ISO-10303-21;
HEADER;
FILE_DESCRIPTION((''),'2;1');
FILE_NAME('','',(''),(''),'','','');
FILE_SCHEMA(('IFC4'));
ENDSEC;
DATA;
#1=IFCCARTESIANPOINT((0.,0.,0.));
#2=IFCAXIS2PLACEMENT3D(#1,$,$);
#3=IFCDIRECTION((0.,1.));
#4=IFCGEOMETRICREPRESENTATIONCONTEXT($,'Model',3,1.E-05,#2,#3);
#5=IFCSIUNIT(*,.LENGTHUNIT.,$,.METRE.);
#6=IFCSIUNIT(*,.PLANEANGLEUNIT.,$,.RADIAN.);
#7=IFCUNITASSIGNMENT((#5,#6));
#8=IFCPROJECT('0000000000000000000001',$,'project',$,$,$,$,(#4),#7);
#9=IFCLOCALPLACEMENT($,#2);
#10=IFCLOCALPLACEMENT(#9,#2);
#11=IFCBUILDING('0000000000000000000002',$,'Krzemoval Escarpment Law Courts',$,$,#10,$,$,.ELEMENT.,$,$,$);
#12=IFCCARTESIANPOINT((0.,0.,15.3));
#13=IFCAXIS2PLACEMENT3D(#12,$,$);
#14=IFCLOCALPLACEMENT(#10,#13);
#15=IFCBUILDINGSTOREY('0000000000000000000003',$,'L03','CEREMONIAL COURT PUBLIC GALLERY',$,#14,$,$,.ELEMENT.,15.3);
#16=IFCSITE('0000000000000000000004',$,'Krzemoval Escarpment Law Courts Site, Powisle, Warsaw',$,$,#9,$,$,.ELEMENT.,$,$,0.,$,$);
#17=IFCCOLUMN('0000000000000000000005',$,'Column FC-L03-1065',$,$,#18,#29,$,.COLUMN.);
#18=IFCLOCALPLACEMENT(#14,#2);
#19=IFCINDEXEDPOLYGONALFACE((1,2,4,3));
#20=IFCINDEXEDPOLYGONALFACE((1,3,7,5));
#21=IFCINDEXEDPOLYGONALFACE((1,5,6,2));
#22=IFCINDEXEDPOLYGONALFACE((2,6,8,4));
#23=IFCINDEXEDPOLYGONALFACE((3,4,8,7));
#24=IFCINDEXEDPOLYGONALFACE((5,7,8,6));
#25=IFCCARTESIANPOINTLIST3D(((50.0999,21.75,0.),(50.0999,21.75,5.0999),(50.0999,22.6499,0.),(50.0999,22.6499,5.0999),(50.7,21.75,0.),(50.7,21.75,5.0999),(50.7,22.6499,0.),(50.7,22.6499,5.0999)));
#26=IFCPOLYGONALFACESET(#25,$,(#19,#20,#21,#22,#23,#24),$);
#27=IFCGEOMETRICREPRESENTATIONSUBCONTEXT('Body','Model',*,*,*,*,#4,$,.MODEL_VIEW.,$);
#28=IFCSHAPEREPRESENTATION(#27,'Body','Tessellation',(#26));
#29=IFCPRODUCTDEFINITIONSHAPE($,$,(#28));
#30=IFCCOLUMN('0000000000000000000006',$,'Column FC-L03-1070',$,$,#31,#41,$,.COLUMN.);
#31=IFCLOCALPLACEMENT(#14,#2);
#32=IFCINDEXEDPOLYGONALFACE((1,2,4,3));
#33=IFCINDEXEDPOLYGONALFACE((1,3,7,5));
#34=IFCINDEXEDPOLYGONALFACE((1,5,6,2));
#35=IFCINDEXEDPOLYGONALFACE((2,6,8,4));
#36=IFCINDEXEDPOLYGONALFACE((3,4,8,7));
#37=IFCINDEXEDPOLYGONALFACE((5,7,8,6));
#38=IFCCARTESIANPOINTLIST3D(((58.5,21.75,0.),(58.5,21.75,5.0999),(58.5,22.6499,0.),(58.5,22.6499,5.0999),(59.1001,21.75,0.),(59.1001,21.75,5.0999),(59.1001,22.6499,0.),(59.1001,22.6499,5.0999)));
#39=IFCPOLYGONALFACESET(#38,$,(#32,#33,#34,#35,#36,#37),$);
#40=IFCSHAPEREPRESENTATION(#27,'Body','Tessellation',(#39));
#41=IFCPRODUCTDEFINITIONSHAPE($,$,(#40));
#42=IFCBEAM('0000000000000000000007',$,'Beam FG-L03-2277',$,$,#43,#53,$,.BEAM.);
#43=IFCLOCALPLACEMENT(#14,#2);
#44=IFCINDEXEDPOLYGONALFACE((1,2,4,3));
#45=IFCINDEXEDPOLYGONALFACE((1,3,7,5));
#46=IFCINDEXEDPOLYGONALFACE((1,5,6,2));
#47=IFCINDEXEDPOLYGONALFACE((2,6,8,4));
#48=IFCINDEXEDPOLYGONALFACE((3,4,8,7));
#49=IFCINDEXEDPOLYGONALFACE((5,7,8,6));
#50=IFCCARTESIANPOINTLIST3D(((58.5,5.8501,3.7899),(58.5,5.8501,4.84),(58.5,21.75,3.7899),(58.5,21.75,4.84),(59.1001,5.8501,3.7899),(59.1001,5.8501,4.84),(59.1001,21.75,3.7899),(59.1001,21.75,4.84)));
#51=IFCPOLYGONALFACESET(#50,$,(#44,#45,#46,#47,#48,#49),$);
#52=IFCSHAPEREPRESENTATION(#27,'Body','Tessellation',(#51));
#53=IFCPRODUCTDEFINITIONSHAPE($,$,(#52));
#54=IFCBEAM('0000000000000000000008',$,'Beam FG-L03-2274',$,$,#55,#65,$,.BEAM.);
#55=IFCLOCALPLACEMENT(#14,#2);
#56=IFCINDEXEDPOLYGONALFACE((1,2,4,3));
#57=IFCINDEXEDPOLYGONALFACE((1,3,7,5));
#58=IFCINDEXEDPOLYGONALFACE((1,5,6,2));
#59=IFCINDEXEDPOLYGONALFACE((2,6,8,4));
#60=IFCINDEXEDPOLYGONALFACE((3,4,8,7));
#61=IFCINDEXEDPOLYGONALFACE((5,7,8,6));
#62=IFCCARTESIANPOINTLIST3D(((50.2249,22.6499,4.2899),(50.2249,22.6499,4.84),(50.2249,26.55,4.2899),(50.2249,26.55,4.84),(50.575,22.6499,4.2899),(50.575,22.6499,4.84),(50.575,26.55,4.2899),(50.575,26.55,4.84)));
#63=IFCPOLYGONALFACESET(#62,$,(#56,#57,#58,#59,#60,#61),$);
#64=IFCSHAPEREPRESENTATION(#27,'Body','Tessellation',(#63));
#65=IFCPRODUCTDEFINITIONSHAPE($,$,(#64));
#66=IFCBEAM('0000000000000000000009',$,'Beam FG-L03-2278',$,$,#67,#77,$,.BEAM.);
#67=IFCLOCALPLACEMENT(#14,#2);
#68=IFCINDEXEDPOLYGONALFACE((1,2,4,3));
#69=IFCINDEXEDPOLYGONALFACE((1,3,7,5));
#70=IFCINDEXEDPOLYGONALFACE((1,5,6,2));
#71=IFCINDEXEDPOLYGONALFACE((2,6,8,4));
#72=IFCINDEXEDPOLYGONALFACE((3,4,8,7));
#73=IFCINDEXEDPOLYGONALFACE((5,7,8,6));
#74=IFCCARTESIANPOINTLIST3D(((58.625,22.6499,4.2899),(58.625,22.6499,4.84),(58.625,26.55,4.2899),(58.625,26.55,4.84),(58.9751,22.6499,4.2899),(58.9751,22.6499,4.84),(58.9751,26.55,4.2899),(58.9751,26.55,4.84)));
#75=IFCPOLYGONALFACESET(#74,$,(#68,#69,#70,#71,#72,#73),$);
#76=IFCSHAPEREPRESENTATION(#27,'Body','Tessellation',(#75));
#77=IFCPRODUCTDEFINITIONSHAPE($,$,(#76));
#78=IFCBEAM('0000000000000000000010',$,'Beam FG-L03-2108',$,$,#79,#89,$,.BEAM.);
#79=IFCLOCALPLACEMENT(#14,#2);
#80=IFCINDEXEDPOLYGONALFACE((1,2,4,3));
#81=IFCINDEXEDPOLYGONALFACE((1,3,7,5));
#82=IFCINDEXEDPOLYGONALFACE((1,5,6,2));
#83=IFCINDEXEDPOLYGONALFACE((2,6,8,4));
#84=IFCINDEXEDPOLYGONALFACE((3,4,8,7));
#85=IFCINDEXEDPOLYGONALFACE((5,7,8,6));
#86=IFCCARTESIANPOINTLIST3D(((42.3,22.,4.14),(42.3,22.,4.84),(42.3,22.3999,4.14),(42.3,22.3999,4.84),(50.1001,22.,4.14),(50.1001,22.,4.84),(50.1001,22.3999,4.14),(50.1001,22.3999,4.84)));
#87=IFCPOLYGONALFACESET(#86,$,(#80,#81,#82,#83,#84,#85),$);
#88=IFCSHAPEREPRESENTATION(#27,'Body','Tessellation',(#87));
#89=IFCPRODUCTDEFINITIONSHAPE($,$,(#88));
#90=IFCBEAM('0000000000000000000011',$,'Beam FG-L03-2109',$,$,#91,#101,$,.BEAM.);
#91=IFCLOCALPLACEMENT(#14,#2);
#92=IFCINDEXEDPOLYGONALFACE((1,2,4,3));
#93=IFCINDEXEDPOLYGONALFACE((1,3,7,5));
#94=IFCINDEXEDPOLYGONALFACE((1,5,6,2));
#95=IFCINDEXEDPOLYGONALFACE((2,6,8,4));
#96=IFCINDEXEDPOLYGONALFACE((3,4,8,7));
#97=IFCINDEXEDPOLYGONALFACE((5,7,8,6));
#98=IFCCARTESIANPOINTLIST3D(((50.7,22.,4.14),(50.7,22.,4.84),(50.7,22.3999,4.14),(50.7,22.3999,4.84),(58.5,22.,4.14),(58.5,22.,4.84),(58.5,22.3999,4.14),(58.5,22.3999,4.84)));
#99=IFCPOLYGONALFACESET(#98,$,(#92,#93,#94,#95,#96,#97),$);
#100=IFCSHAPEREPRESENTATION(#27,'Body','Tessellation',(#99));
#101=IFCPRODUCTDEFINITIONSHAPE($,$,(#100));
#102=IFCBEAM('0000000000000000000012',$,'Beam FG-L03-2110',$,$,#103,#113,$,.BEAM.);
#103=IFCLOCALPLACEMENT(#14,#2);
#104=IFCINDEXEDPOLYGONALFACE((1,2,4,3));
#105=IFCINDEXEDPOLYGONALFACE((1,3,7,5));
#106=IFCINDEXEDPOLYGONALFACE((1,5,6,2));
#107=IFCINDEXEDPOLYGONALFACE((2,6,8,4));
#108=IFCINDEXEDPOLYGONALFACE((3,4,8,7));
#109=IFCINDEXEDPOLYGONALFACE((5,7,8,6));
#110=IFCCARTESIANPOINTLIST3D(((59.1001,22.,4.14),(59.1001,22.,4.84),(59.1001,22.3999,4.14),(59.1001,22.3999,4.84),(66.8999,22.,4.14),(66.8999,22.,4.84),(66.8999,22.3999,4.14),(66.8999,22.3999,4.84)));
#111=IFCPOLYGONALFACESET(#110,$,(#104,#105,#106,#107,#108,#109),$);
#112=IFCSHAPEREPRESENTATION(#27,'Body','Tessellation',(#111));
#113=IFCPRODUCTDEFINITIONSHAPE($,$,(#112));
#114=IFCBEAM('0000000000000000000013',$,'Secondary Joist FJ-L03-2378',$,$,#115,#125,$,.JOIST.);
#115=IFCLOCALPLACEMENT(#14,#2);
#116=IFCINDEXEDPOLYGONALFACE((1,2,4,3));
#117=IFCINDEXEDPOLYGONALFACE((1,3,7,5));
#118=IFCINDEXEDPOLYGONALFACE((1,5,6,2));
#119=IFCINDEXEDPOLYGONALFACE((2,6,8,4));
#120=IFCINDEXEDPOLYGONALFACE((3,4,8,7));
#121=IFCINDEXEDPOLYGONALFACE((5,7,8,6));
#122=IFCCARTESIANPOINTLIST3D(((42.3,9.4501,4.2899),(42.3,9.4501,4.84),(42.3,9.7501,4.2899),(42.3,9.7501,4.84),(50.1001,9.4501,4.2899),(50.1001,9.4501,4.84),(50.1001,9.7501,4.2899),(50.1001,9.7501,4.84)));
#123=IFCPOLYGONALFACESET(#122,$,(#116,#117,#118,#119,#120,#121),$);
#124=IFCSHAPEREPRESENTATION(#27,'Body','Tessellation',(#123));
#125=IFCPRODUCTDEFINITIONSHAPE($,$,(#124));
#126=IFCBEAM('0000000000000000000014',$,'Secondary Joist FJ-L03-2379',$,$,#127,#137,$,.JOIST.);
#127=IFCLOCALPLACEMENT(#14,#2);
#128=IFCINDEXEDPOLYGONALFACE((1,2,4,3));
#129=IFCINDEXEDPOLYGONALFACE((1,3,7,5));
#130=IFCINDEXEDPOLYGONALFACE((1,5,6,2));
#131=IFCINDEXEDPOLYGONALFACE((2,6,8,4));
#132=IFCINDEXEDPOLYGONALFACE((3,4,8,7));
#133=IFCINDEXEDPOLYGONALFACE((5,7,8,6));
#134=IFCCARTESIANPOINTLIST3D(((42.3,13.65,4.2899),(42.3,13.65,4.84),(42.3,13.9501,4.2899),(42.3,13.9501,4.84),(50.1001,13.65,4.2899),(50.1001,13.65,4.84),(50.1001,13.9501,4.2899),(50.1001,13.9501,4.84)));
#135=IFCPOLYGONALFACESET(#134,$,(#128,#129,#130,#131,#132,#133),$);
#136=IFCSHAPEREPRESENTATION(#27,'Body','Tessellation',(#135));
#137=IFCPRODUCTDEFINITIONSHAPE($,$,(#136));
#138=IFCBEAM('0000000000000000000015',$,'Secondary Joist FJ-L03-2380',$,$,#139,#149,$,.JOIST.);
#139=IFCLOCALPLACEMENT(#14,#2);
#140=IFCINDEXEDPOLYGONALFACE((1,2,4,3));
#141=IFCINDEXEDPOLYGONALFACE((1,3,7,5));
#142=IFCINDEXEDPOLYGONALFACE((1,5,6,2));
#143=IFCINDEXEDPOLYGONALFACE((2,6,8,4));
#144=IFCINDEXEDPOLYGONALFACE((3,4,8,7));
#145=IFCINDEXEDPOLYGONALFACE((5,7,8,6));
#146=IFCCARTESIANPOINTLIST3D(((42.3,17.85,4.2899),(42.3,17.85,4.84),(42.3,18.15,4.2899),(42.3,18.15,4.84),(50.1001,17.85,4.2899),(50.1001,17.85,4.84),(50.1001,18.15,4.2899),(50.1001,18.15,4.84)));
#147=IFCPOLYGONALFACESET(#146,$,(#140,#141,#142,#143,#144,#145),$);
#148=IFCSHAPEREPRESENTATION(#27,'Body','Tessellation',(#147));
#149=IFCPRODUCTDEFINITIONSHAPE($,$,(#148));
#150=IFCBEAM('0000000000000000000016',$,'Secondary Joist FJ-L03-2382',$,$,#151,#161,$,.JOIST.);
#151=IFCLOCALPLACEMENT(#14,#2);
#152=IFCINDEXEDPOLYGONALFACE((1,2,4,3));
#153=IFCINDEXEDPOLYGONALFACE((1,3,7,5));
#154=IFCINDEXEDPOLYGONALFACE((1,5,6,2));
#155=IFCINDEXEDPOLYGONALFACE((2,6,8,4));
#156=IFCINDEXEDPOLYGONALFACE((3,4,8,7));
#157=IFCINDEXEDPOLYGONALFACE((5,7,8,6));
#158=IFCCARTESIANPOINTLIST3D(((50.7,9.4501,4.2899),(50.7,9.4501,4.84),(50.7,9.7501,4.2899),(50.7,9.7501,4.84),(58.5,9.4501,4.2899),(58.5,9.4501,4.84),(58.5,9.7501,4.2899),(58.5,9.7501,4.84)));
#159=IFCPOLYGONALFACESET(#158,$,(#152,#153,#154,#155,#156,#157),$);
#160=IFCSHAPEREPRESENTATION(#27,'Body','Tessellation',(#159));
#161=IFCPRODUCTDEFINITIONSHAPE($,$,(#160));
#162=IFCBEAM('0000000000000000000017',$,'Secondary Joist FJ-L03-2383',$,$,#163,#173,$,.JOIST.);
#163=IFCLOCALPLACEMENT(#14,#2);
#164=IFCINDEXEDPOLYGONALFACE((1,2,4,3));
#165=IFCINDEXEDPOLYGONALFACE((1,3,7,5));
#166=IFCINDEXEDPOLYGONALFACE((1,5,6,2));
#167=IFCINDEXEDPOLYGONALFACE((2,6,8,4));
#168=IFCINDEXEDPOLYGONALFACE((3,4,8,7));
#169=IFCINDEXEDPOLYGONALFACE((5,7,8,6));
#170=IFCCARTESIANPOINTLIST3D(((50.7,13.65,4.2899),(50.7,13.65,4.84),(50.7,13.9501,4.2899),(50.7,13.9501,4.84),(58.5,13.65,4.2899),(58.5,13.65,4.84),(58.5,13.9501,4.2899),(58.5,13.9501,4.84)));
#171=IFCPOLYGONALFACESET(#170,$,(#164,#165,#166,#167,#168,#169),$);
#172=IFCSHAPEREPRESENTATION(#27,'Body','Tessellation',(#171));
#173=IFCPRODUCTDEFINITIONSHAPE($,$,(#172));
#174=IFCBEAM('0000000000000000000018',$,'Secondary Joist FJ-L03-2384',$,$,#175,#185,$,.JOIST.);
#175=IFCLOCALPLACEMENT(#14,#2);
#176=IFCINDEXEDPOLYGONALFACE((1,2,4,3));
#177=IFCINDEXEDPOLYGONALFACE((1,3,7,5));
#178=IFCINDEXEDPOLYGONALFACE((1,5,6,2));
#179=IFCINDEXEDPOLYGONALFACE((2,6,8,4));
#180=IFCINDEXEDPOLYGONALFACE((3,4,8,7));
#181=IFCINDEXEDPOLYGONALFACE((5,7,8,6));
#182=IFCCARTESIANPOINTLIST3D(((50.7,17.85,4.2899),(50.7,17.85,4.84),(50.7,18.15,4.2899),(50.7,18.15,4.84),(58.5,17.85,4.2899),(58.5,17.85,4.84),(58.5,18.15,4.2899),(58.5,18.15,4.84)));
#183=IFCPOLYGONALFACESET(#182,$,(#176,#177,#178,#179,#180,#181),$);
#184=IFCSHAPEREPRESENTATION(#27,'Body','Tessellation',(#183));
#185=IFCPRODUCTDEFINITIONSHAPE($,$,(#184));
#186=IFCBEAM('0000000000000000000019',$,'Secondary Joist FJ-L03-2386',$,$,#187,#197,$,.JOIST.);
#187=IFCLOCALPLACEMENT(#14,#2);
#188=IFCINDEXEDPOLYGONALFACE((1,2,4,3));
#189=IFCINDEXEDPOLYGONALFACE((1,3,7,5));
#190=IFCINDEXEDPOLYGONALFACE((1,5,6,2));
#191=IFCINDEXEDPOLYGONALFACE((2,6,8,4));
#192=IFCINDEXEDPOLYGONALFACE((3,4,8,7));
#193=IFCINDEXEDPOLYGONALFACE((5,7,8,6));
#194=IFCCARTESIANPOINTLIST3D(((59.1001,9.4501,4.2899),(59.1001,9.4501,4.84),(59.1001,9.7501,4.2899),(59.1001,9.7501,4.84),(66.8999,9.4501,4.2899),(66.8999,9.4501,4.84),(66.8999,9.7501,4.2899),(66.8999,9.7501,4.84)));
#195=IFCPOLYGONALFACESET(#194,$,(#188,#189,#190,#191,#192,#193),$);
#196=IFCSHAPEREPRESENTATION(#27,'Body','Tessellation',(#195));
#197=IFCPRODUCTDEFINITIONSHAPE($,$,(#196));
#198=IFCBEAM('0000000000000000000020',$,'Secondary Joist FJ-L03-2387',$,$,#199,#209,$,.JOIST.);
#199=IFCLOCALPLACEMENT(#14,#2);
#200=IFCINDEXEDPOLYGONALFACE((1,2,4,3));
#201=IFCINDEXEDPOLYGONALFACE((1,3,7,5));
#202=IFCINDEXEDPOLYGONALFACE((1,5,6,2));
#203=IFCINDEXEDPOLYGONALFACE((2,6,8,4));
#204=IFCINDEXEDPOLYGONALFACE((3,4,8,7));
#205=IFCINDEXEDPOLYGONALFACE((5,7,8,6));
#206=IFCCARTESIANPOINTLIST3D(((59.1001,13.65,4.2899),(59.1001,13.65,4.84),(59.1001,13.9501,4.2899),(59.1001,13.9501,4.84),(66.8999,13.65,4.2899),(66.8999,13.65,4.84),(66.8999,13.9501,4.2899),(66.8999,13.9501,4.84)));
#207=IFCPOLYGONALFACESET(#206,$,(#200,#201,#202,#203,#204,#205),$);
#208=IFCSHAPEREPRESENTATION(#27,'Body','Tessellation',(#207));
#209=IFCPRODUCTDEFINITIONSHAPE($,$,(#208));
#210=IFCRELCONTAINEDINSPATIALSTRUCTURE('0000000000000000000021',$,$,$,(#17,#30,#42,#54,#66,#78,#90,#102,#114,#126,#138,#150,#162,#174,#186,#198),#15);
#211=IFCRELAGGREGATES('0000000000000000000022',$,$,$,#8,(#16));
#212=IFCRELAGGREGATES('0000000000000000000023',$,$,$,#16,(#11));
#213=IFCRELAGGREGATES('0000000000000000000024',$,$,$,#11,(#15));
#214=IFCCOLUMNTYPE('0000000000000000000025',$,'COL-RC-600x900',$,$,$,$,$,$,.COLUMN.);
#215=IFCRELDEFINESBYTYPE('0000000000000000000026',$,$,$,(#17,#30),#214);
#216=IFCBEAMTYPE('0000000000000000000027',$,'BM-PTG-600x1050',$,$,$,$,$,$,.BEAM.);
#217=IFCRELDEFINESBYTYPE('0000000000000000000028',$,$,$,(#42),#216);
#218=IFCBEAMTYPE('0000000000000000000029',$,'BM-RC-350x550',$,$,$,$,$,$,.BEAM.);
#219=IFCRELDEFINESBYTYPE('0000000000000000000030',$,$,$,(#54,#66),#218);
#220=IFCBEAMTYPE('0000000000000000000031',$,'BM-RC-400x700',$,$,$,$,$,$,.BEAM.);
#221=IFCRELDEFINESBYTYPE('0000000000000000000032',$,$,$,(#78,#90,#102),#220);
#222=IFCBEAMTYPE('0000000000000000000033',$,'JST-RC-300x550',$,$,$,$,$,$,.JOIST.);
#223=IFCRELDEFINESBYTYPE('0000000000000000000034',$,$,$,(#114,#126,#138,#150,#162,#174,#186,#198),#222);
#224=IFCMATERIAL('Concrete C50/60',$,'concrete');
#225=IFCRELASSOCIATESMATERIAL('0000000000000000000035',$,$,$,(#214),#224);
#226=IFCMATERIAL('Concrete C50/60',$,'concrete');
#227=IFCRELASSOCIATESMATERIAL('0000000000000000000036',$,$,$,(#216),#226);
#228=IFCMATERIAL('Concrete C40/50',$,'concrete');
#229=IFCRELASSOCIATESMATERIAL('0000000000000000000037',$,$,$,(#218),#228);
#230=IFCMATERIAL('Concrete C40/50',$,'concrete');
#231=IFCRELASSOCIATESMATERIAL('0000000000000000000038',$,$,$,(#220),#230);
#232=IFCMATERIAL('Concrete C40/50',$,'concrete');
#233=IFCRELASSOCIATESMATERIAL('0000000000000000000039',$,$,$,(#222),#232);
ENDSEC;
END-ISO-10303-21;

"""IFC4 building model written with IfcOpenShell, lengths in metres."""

from ifc_helpers import new_model, si_unit, direction, frame, origin, origin_2d, place, context, subcontext, project, spatial, rectangle, extrude, material, material_profile, profile_set, type_object, element, save


model = new_model("IFC4")

# Units and contexts
model_context = context("Model", 3, precision=1e-05, world=origin(), true_north=direction((0.0, 1.0)))
body_context = subcontext(model_context, "Body", "Model", "MODEL_VIEW")
ifc_project = project(units=[si_unit("LENGTHUNIT", "METRE"), si_unit("PLANEANGLEUNIT", "RADIAN")], contexts=[model_context])

# Site, building, storey
site_placement = place(None, origin())
site = spatial("IfcSite", under=ifc_project, at=site_placement, Name="Krzemoval Escarpment Law Courts Site, Powisle, Warsaw", CompositionType="ELEMENT", RefElevation=0.0)
building_placement = place(site_placement, origin())
building = spatial("IfcBuilding", under=site, at=building_placement, Name="Krzemoval Escarpment Law Courts", CompositionType="ELEMENT")
storey_placement = place(building_placement, frame((0.0, 0.0, 15.3)))
storey = spatial("IfcBuildingStorey", under=building, at=storey_placement, Name="L03", Description="CEREMONIAL COURT PUBLIC GALLERY", CompositionType="ELEMENT", Elevation=15.3)

# Columns
ifc_material_1 = material(Name="Concrete C50/60", Category="concrete")
ifc_material_profile_1 = material_profile(ifc_material_1, rectangle(XDim=0.6001, YDim=0.8999, at=origin_2d()), Name="RC 600x900")
ifc_profile_set_1 = profile_set([ifc_material_profile_1], Name="Concrete C50/60")
column_type = type_object("IfcColumnType", Name="COL-RC-600x900", PredefinedType="COLUMN", material=ifc_profile_set_1)
for number, where, z_axis, x_axis, name in (
    (1, (50.3999, 22.2, 0.0), (0.0, 0.0, 1.0), (1.0, 0.0, 0.0), "Column FC-L03-1065"),
    (2, (58.8, 22.2, 0.0), (0.0, 0.0, 1.0), (1.0, 0.0, 0.0), "Column FC-L03-1070"),
):
    element("IfcColumn", number, at=place(storey_placement, frame(where, z_axis=z_axis, x_axis=x_axis)), inside=storey, type_object=column_type, Name=name, PredefinedType="COLUMN", context=body_context, shape_type="SweptSolid", body=[
        extrude(rectangle(XDim=0.6001, YDim=0.8999, at=origin_2d()), origin(), (0.0, 0.0, 1.0), 5.0999),
    ])

# Beams
ifc_material_2 = material(Name="Concrete C50/60", Category="concrete")
ifc_material_profile_2 = material_profile(ifc_material_2, rectangle(XDim=0.6001, YDim=1.05, at=origin_2d()), Name="PTG 600x1050")
ifc_profile_set_2 = profile_set([ifc_material_profile_2], Name="Concrete C50/60")
beam_type_1 = type_object("IfcBeamType", Name="BM-PTG-600x1050", PredefinedType="BEAM", material=ifc_profile_set_2)
beam_1_placement = place(storey_placement, frame((58.8, 5.8501, 4.3149), z_axis=(0.0, 1.0, 0.0), x_axis=(-1.0, 0.0, 0.0)))
element("IfcBeam", 3, at=beam_1_placement, inside=storey, type_object=beam_type_1, Name="Beam FG-L03-2277", PredefinedType="BEAM", context=body_context, shape_type="SweptSolid", body=[
    extrude(rectangle(XDim=0.6001, YDim=1.05, at=origin_2d()), origin(), (0.0, 0.0, 1.0), 15.8999),
])
ifc_material_3 = material(Name="Concrete C40/50", Category="concrete")
ifc_material_profile_3 = material_profile(ifc_material_3, rectangle(XDim=0.3501, YDim=0.55, at=origin_2d()), Name="RCB 350x550")
ifc_profile_set_3 = profile_set([ifc_material_profile_3], Name="Concrete C40/50")
beam_type_2 = type_object("IfcBeamType", Name="BM-RC-350x550", PredefinedType="BEAM", material=ifc_profile_set_3)
for number, where, z_axis, x_axis, name in (
    (4, (50.3999, 22.6499, 4.5649), (0.0, 1.0, 0.0), (-1.0, 0.0, 0.0), "Beam FG-L03-2274"),
    (5, (58.8, 22.6499, 4.5649), (0.0, 1.0, 0.0), (-1.0, 0.0, 0.0), "Beam FG-L03-2278"),
):
    element("IfcBeam", number, at=place(storey_placement, frame(where, z_axis=z_axis, x_axis=x_axis)), inside=storey, type_object=beam_type_2, Name=name, PredefinedType="BEAM", context=body_context, shape_type="SweptSolid", body=[
        extrude(rectangle(XDim=0.3501, YDim=0.55, at=origin_2d()), origin(), (0.0, 0.0, 1.0), 3.9001),
    ])
ifc_material_4 = material(Name="Concrete C40/50", Category="concrete")
ifc_material_profile_4 = material_profile(ifc_material_4, rectangle(XDim=0.3999, YDim=0.7, at=origin_2d()), Name="RCB 400x700")
ifc_profile_set_4 = profile_set([ifc_material_profile_4], Name="Concrete C40/50")
beam_type_3 = type_object("IfcBeamType", Name="BM-RC-400x700", PredefinedType="BEAM", material=ifc_profile_set_4)
for number, where, z_axis, x_axis, name in (
    (6, (42.3, 22.2, 4.49), (1.0, 0.0, 0.0), (0.0, 1.0, 0.0), "Beam FG-L03-2108"),
    (7, (50.7, 22.2, 4.49), (1.0, 0.0, 0.0), (0.0, 1.0, 0.0), "Beam FG-L03-2109"),
):
    element("IfcBeam", number, at=place(storey_placement, frame(where, z_axis=z_axis, x_axis=x_axis)), inside=storey, type_object=beam_type_3, Name=name, PredefinedType="BEAM", context=body_context, shape_type="SweptSolid", body=[
        extrude(rectangle(XDim=0.3999, YDim=0.7, at=origin_2d()), origin(), (0.0, 0.0, 1.0), 7.8),
    ])
beam_2_placement = place(storey_placement, frame((59.1001, 22.2, 4.49), z_axis=(1.0, 0.0, 0.0), x_axis=(0.0, 1.0, 0.0)))
element("IfcBeam", 8, at=beam_2_placement, inside=storey, type_object=beam_type_3, Name="Beam FG-L03-2110", PredefinedType="BEAM", context=body_context, shape_type="SweptSolid", body=[
    extrude(rectangle(XDim=0.3999, YDim=0.7, at=origin_2d()), origin(), (0.0, 0.0, 1.0), 7.7998),
])
ifc_material_5 = material(Name="Concrete C40/50", Category="concrete")
ifc_material_profile_5 = material_profile(ifc_material_5, rectangle(XDim=0.3, YDim=0.55, at=origin_2d()), Name="RCB 300x550")
ifc_profile_set_5 = profile_set([ifc_material_profile_5], Name="Concrete C40/50")
beam_type_4 = type_object("IfcBeamType", Name="JST-RC-300x550", PredefinedType="JOIST", material=ifc_profile_set_5)
for number, where, z_axis, x_axis, name in (
    (9, (42.3, 9.6001, 4.5649), (1.0, 0.0, 0.0), (0.0, 1.0, 0.0), "Secondary Joist FJ-L03-2378"),
    (10, (42.3, 13.8, 4.5649), (1.0, 0.0, 0.0), (0.0, 1.0, 0.0), "Secondary Joist FJ-L03-2379"),
    (11, (42.3, 18.0, 4.5649), (1.0, 0.0, 0.0), (0.0, 1.0, 0.0), "Secondary Joist FJ-L03-2380"),
    (12, (50.7, 9.6001, 4.5649), (1.0, 0.0, 0.0), (0.0, 1.0, 0.0), "Secondary Joist FJ-L03-2382"),
    (13, (50.7, 13.8, 4.5649), (1.0, 0.0, 0.0), (0.0, 1.0, 0.0), "Secondary Joist FJ-L03-2383"),
    (14, (50.7, 18.0, 4.5649), (1.0, 0.0, 0.0), (0.0, 1.0, 0.0), "Secondary Joist FJ-L03-2384"),
):
    element("IfcBeam", number, at=place(storey_placement, frame(where, z_axis=z_axis, x_axis=x_axis)), inside=storey, type_object=beam_type_4, Name=name, PredefinedType="JOIST", context=body_context, shape_type="SweptSolid", body=[
        extrude(rectangle(XDim=0.3, YDim=0.55, at=origin_2d()), origin(), (0.0, 0.0, 1.0), 7.8),
    ])
for number, where, z_axis, x_axis, name in (
    (15, (59.1001, 9.6001, 4.5649), (1.0, 0.0, 0.0), (0.0, 1.0, 0.0), "Secondary Joist FJ-L03-2386"),
    (16, (59.1001, 13.8, 4.5649), (1.0, 0.0, 0.0), (0.0, 1.0, 0.0), "Secondary Joist FJ-L03-2387"),
):
    element("IfcBeam", number, at=place(storey_placement, frame(where, z_axis=z_axis, x_axis=x_axis)), inside=storey, type_object=beam_type_4, Name=name, PredefinedType="JOIST", context=body_context, shape_type="SweptSolid", body=[
        extrude(rectangle(XDim=0.3, YDim=0.55, at=origin_2d()), origin(), (0.0, 0.0, 1.0), 7.7998),
    ])

save(model, "model.ifc")
